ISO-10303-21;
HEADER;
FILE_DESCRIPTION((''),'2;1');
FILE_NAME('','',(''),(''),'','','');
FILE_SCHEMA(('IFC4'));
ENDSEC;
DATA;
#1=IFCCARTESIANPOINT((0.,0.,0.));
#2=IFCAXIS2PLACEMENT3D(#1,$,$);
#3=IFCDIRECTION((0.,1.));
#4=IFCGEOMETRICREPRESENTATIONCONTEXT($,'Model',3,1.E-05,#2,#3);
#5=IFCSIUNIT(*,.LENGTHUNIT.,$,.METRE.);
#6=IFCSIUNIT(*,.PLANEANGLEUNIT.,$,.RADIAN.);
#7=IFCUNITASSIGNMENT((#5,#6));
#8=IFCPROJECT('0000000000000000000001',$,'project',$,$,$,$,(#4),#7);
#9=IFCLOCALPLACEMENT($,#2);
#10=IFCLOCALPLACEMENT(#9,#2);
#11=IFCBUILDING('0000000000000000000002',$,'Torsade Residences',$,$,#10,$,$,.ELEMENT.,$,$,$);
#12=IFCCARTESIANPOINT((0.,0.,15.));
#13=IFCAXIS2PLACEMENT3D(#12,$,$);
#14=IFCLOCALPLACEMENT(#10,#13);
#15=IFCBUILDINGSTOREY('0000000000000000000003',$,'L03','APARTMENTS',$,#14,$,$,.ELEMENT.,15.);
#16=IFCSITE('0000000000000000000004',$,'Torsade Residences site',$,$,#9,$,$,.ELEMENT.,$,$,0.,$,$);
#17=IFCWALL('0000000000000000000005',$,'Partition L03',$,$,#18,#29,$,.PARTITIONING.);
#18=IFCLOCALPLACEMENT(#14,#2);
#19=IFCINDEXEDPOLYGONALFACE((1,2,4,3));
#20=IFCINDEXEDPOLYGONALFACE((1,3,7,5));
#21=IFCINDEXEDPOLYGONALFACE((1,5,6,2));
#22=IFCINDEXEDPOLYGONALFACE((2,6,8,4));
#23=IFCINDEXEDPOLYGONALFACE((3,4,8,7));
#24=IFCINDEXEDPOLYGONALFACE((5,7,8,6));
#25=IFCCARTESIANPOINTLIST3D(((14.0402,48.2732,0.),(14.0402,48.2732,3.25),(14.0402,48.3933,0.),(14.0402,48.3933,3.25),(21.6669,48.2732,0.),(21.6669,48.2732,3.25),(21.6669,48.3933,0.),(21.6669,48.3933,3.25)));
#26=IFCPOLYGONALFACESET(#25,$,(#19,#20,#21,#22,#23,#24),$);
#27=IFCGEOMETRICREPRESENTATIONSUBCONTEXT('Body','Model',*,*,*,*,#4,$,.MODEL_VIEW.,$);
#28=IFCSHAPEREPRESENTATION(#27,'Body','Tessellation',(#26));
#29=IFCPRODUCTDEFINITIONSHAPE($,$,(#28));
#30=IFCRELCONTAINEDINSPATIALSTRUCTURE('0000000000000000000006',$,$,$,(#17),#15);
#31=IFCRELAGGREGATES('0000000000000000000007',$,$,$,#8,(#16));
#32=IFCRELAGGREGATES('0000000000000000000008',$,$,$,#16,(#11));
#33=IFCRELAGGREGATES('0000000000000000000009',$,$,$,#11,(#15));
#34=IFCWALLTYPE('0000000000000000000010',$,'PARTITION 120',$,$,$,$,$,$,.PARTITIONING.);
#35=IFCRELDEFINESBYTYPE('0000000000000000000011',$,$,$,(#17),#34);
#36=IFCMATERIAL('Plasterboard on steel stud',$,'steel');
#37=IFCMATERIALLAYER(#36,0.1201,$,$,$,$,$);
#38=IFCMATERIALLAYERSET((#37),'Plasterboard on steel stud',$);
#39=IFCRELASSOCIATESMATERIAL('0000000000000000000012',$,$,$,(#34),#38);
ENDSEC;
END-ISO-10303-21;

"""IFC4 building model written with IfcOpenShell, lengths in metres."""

from ifc_helpers import new_model, si_unit, direction, frame, frame_2d, origin, place, context, subcontext, project, spatial, rectangle, extrude, material, layer, layer_set, type_object, element, save


model = new_model("IFC4")

# Units and contexts
model_context = context("Model", 3, precision=1e-05, world=origin(), true_north=direction((0.0, 1.0)))
body_context = subcontext(model_context, "Body", "Model", "MODEL_VIEW")
ifc_project = project(units=[si_unit("LENGTHUNIT", "METRE"), si_unit("PLANEANGLEUNIT", "RADIAN")], contexts=[model_context])

# Site, building, storey
site_placement = place(None, origin())
site = spatial("IfcSite", under=ifc_project, at=site_placement, Name="Torsade Residences site", CompositionType="ELEMENT", RefElevation=0.0)
building_placement = place(site_placement, origin())
building = spatial("IfcBuilding", under=site, at=building_placement, Name="Torsade Residences", CompositionType="ELEMENT")
storey_placement = place(building_placement, frame((0.0, 0.0, 15.0)))
storey = spatial("IfcBuildingStorey", under=building, at=storey_placement, Name="L03", Description="APARTMENTS", CompositionType="ELEMENT", Elevation=15.0)

# Shared definitions
ifc_material_1 = material(Name="Plasterboard on steel stud", Category="steel")
ifc_layer_1 = layer(ifc_material_1, 0.1201)
ifc_layer_set_1 = layer_set([ifc_layer_1], Name="Plasterboard on steel stud")
wall_type = type_object("IfcWallType", Name="PARTITION 120", PredefinedType="PARTITIONING", material=ifc_layer_set_1)

# Wall
wall_1_placement = place(storey_placement, frame((14.04, 48.3333, 0.0), z_axis=(0.0, 0.0, 1.0), x_axis=(1.0, 0.0, 0.0)))
element("IfcWall", 1, at=wall_1_placement, inside=storey, type_object=wall_type, Name="Partition L03", PredefinedType="PARTITIONING", context=body_context, shape_type="SweptSolid", body=[
    extrude(rectangle(XDim=7.6267, YDim=0.1201, at=frame_2d((3.8135, 0.0))), origin(), (0.0, 0.0, 1.0), 3.25),
])

save(model, "model.ifc")
